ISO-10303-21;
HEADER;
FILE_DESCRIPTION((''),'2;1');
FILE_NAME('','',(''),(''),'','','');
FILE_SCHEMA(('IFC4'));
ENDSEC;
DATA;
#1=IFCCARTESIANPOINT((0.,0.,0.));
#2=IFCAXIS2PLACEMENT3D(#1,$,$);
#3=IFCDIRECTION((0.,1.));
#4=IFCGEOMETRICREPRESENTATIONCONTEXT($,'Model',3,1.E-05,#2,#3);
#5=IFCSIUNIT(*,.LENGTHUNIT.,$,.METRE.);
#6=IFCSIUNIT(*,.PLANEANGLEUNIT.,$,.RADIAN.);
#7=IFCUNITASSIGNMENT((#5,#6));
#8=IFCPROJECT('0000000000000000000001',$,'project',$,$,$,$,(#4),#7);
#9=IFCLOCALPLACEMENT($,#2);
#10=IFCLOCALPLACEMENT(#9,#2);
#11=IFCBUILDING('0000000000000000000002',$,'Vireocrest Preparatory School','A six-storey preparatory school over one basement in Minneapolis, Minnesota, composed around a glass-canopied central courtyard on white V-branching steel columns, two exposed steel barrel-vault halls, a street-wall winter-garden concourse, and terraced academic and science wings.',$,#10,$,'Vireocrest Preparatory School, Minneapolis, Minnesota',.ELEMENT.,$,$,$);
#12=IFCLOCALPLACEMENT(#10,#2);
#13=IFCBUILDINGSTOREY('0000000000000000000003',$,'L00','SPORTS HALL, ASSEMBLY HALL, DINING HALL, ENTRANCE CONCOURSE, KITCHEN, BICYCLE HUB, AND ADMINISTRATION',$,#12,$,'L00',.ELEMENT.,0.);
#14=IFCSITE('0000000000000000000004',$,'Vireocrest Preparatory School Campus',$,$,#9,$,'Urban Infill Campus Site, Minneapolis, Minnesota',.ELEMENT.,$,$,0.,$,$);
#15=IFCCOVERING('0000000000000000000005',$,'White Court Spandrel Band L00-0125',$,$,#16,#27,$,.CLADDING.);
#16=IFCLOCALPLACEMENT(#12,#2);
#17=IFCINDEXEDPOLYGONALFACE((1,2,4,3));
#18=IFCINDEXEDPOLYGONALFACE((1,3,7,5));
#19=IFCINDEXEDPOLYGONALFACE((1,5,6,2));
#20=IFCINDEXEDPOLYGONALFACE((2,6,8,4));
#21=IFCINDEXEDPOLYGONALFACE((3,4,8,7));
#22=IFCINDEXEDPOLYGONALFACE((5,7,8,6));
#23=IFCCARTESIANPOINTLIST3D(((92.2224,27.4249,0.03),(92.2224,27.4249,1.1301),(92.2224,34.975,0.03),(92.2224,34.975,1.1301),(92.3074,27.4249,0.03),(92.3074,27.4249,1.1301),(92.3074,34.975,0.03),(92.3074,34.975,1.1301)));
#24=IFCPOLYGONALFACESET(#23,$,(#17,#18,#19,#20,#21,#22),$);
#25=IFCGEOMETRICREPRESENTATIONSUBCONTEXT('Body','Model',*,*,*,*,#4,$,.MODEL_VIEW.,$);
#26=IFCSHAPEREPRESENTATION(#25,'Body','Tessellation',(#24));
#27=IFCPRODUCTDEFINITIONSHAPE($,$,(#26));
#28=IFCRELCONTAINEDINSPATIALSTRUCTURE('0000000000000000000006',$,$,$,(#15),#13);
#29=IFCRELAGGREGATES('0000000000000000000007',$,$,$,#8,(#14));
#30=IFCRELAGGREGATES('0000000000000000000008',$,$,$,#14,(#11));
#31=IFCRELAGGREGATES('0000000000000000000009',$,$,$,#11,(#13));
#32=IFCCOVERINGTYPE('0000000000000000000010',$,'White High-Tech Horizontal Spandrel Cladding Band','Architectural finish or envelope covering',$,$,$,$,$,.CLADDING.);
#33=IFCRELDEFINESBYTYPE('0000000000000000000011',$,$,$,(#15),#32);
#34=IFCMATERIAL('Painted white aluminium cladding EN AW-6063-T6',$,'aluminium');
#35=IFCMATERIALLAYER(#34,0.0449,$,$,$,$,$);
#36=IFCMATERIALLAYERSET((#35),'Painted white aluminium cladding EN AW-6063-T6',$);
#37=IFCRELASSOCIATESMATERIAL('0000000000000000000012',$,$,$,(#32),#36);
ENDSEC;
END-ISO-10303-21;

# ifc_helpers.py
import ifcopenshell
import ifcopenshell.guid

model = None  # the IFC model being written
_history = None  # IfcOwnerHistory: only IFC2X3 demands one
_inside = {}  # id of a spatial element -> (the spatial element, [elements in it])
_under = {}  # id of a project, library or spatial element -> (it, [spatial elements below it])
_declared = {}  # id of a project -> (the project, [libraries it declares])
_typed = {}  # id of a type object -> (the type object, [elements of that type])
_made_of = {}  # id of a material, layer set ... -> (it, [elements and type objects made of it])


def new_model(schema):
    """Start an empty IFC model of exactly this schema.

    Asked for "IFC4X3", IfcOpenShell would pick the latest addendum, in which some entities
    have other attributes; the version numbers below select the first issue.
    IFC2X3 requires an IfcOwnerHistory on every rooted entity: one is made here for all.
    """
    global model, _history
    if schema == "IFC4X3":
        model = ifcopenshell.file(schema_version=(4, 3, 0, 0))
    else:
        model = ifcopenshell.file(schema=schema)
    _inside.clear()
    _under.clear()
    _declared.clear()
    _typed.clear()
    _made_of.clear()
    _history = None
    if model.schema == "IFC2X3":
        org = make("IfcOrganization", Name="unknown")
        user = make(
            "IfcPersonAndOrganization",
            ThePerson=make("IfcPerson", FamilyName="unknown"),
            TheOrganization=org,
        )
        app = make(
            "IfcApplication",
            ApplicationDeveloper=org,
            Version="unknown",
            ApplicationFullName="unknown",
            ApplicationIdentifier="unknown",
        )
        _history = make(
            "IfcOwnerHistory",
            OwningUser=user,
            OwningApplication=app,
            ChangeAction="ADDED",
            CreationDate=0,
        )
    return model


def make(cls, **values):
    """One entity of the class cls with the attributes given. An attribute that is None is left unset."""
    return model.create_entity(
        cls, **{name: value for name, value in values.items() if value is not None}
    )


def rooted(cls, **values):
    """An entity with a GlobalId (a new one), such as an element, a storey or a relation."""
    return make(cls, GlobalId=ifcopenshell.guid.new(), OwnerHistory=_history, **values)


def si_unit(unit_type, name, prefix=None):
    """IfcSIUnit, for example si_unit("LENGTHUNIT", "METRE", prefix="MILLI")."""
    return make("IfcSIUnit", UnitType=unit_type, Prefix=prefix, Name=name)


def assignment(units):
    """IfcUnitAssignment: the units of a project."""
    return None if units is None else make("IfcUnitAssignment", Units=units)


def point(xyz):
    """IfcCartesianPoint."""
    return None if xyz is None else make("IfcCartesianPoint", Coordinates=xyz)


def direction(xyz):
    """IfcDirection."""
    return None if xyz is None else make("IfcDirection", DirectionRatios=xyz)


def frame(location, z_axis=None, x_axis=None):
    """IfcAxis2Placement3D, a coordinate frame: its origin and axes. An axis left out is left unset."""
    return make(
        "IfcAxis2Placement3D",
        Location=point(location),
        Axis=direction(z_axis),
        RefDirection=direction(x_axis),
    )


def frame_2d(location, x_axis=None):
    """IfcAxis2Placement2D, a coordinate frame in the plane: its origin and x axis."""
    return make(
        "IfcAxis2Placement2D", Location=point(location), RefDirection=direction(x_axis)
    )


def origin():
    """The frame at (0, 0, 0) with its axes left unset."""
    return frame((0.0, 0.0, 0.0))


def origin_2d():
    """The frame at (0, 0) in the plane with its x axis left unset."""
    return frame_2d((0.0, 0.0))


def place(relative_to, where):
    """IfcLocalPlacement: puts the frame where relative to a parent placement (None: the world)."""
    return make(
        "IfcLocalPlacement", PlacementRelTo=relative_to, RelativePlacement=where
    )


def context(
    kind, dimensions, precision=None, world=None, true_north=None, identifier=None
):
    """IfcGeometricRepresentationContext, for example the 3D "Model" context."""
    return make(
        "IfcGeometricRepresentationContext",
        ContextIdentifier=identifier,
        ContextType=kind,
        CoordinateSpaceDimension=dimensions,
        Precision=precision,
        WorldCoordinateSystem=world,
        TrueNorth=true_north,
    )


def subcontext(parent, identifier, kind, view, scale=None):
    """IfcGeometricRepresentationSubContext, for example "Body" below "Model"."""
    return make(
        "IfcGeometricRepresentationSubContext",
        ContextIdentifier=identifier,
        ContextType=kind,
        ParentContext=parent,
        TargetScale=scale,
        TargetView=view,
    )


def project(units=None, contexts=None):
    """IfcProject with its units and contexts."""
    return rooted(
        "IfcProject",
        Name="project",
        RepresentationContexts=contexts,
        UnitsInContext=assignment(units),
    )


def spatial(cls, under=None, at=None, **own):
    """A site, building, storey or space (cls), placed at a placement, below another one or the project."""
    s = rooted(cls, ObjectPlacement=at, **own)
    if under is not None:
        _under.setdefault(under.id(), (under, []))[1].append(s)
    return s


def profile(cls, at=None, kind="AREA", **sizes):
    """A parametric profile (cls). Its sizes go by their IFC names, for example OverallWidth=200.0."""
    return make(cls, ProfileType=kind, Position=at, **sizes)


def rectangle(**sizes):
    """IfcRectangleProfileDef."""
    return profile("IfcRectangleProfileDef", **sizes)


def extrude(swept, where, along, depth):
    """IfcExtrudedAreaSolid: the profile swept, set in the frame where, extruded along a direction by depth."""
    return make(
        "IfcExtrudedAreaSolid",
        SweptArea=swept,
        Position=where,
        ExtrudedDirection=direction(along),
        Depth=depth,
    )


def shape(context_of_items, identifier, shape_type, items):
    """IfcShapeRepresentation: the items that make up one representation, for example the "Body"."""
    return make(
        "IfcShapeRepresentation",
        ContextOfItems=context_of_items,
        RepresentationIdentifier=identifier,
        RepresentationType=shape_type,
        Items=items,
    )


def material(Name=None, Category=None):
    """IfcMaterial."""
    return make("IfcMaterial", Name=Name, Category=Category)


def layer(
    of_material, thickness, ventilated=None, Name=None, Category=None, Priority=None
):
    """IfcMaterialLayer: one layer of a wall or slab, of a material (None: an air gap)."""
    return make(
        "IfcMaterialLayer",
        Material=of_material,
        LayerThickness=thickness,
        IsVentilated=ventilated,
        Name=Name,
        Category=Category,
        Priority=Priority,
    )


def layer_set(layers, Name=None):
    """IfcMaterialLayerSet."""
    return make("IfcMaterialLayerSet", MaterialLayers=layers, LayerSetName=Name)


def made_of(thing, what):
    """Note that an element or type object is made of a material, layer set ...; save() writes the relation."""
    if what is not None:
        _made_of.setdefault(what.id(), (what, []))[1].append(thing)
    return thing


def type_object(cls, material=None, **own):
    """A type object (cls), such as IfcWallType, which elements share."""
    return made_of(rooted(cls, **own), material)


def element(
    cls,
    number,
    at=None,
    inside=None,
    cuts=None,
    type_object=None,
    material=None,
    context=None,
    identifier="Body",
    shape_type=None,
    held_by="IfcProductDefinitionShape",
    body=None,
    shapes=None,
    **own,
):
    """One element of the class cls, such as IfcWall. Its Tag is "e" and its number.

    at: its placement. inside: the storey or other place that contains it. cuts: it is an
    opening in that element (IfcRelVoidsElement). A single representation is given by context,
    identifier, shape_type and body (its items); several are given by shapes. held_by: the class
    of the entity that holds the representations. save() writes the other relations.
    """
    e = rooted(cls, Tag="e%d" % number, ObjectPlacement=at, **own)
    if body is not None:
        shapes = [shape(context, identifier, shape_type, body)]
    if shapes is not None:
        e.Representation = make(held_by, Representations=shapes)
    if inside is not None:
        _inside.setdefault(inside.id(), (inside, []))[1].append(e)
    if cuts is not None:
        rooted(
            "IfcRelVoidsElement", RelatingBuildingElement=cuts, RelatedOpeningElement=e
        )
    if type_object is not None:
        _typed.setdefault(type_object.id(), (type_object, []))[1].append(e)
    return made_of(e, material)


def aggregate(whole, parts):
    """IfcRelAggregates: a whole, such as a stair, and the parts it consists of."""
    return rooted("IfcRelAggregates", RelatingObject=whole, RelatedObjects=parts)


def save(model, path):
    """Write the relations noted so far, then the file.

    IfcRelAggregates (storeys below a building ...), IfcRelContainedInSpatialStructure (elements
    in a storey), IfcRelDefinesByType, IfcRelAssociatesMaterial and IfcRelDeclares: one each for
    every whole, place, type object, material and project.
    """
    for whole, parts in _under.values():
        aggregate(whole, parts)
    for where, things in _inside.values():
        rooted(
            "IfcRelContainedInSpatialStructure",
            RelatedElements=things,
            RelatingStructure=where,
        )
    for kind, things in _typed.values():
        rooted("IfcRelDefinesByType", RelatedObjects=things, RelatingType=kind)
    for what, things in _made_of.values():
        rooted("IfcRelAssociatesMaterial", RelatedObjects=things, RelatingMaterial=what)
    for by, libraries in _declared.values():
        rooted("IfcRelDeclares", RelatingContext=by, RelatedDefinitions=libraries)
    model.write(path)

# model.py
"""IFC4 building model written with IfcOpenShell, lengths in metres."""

from ifc_helpers import new_model, si_unit, direction, frame, origin, origin_2d, place, context, subcontext, project, spatial, rectangle, extrude, material, layer, layer_set, type_object, element, save


model = new_model("IFC4")

# Units and contexts
model_context = context("Model", 3, precision=1e-05, world=origin(), true_north=direction((0.0, 1.0)))
body_context = subcontext(model_context, "Body", "Model", "MODEL_VIEW")
ifc_project = project(units=[si_unit("LENGTHUNIT", "METRE"), si_unit("PLANEANGLEUNIT", "RADIAN")], contexts=[model_context])

# Site, building, storey
site_placement = place(None, origin())
site = spatial("IfcSite", under=ifc_project, at=site_placement, Name="Vireocrest Preparatory School Campus", LongName="Urban Infill Campus Site, Minneapolis, Minnesota", CompositionType="ELEMENT", RefElevation=0.0)
building_placement = place(site_placement, origin())
building = spatial("IfcBuilding", under=site, at=building_placement, Name="Vireocrest Preparatory School", Description="A six-storey preparatory school over one basement in Minneapolis, Minnesota, composed around a glass-canopied central courtyard on white V-branching steel columns, two exposed steel barrel-vault halls, a street-wall winter-garden concourse, and terraced academic and science wings.", LongName="Vireocrest Preparatory School, Minneapolis, Minnesota", CompositionType="ELEMENT")
storey_placement = place(building_placement, origin())
storey = spatial("IfcBuildingStorey", under=building, at=storey_placement, Name="L00", Description="SPORTS HALL, ASSEMBLY HALL, DINING HALL, ENTRANCE CONCOURSE, KITCHEN, BICYCLE HUB, AND ADMINISTRATION", LongName="L00", CompositionType="ELEMENT", Elevation=0.0)

# Covering
ifc_material_1 = material(Name="Painted white aluminium cladding EN AW-6063-T6", Category="aluminium")
ifc_layer_1 = layer(ifc_material_1, 0.0449)
ifc_layer_set_1 = layer_set([ifc_layer_1], Name="Painted white aluminium cladding EN AW-6063-T6")
covering_type = type_object("IfcCoveringType", Name="White High-Tech Horizontal Spandrel Cladding Band", Description="Architectural finish or envelope covering", PredefinedType="CLADDING", material=ifc_layer_set_1)
covering_placement = place(storey_placement, frame((92.2649, 31.2, 0.03), z_axis=(0.0, 0.0, 1.0), x_axis=(1.0, 0.0, 0.0)))
element("IfcCovering", 1, at=covering_placement, inside=storey, type_object=covering_type, Name="White Court Spandrel Band L00-0125", PredefinedType="CLADDING", context=body_context, shape_type="SweptSolid", body=[
    extrude(rectangle(XDim=0.085, YDim=7.55, at=origin_2d()), origin(), (0.0, 0.0, 1.0), 1.1001),
])

save(model, "model.ifc")
